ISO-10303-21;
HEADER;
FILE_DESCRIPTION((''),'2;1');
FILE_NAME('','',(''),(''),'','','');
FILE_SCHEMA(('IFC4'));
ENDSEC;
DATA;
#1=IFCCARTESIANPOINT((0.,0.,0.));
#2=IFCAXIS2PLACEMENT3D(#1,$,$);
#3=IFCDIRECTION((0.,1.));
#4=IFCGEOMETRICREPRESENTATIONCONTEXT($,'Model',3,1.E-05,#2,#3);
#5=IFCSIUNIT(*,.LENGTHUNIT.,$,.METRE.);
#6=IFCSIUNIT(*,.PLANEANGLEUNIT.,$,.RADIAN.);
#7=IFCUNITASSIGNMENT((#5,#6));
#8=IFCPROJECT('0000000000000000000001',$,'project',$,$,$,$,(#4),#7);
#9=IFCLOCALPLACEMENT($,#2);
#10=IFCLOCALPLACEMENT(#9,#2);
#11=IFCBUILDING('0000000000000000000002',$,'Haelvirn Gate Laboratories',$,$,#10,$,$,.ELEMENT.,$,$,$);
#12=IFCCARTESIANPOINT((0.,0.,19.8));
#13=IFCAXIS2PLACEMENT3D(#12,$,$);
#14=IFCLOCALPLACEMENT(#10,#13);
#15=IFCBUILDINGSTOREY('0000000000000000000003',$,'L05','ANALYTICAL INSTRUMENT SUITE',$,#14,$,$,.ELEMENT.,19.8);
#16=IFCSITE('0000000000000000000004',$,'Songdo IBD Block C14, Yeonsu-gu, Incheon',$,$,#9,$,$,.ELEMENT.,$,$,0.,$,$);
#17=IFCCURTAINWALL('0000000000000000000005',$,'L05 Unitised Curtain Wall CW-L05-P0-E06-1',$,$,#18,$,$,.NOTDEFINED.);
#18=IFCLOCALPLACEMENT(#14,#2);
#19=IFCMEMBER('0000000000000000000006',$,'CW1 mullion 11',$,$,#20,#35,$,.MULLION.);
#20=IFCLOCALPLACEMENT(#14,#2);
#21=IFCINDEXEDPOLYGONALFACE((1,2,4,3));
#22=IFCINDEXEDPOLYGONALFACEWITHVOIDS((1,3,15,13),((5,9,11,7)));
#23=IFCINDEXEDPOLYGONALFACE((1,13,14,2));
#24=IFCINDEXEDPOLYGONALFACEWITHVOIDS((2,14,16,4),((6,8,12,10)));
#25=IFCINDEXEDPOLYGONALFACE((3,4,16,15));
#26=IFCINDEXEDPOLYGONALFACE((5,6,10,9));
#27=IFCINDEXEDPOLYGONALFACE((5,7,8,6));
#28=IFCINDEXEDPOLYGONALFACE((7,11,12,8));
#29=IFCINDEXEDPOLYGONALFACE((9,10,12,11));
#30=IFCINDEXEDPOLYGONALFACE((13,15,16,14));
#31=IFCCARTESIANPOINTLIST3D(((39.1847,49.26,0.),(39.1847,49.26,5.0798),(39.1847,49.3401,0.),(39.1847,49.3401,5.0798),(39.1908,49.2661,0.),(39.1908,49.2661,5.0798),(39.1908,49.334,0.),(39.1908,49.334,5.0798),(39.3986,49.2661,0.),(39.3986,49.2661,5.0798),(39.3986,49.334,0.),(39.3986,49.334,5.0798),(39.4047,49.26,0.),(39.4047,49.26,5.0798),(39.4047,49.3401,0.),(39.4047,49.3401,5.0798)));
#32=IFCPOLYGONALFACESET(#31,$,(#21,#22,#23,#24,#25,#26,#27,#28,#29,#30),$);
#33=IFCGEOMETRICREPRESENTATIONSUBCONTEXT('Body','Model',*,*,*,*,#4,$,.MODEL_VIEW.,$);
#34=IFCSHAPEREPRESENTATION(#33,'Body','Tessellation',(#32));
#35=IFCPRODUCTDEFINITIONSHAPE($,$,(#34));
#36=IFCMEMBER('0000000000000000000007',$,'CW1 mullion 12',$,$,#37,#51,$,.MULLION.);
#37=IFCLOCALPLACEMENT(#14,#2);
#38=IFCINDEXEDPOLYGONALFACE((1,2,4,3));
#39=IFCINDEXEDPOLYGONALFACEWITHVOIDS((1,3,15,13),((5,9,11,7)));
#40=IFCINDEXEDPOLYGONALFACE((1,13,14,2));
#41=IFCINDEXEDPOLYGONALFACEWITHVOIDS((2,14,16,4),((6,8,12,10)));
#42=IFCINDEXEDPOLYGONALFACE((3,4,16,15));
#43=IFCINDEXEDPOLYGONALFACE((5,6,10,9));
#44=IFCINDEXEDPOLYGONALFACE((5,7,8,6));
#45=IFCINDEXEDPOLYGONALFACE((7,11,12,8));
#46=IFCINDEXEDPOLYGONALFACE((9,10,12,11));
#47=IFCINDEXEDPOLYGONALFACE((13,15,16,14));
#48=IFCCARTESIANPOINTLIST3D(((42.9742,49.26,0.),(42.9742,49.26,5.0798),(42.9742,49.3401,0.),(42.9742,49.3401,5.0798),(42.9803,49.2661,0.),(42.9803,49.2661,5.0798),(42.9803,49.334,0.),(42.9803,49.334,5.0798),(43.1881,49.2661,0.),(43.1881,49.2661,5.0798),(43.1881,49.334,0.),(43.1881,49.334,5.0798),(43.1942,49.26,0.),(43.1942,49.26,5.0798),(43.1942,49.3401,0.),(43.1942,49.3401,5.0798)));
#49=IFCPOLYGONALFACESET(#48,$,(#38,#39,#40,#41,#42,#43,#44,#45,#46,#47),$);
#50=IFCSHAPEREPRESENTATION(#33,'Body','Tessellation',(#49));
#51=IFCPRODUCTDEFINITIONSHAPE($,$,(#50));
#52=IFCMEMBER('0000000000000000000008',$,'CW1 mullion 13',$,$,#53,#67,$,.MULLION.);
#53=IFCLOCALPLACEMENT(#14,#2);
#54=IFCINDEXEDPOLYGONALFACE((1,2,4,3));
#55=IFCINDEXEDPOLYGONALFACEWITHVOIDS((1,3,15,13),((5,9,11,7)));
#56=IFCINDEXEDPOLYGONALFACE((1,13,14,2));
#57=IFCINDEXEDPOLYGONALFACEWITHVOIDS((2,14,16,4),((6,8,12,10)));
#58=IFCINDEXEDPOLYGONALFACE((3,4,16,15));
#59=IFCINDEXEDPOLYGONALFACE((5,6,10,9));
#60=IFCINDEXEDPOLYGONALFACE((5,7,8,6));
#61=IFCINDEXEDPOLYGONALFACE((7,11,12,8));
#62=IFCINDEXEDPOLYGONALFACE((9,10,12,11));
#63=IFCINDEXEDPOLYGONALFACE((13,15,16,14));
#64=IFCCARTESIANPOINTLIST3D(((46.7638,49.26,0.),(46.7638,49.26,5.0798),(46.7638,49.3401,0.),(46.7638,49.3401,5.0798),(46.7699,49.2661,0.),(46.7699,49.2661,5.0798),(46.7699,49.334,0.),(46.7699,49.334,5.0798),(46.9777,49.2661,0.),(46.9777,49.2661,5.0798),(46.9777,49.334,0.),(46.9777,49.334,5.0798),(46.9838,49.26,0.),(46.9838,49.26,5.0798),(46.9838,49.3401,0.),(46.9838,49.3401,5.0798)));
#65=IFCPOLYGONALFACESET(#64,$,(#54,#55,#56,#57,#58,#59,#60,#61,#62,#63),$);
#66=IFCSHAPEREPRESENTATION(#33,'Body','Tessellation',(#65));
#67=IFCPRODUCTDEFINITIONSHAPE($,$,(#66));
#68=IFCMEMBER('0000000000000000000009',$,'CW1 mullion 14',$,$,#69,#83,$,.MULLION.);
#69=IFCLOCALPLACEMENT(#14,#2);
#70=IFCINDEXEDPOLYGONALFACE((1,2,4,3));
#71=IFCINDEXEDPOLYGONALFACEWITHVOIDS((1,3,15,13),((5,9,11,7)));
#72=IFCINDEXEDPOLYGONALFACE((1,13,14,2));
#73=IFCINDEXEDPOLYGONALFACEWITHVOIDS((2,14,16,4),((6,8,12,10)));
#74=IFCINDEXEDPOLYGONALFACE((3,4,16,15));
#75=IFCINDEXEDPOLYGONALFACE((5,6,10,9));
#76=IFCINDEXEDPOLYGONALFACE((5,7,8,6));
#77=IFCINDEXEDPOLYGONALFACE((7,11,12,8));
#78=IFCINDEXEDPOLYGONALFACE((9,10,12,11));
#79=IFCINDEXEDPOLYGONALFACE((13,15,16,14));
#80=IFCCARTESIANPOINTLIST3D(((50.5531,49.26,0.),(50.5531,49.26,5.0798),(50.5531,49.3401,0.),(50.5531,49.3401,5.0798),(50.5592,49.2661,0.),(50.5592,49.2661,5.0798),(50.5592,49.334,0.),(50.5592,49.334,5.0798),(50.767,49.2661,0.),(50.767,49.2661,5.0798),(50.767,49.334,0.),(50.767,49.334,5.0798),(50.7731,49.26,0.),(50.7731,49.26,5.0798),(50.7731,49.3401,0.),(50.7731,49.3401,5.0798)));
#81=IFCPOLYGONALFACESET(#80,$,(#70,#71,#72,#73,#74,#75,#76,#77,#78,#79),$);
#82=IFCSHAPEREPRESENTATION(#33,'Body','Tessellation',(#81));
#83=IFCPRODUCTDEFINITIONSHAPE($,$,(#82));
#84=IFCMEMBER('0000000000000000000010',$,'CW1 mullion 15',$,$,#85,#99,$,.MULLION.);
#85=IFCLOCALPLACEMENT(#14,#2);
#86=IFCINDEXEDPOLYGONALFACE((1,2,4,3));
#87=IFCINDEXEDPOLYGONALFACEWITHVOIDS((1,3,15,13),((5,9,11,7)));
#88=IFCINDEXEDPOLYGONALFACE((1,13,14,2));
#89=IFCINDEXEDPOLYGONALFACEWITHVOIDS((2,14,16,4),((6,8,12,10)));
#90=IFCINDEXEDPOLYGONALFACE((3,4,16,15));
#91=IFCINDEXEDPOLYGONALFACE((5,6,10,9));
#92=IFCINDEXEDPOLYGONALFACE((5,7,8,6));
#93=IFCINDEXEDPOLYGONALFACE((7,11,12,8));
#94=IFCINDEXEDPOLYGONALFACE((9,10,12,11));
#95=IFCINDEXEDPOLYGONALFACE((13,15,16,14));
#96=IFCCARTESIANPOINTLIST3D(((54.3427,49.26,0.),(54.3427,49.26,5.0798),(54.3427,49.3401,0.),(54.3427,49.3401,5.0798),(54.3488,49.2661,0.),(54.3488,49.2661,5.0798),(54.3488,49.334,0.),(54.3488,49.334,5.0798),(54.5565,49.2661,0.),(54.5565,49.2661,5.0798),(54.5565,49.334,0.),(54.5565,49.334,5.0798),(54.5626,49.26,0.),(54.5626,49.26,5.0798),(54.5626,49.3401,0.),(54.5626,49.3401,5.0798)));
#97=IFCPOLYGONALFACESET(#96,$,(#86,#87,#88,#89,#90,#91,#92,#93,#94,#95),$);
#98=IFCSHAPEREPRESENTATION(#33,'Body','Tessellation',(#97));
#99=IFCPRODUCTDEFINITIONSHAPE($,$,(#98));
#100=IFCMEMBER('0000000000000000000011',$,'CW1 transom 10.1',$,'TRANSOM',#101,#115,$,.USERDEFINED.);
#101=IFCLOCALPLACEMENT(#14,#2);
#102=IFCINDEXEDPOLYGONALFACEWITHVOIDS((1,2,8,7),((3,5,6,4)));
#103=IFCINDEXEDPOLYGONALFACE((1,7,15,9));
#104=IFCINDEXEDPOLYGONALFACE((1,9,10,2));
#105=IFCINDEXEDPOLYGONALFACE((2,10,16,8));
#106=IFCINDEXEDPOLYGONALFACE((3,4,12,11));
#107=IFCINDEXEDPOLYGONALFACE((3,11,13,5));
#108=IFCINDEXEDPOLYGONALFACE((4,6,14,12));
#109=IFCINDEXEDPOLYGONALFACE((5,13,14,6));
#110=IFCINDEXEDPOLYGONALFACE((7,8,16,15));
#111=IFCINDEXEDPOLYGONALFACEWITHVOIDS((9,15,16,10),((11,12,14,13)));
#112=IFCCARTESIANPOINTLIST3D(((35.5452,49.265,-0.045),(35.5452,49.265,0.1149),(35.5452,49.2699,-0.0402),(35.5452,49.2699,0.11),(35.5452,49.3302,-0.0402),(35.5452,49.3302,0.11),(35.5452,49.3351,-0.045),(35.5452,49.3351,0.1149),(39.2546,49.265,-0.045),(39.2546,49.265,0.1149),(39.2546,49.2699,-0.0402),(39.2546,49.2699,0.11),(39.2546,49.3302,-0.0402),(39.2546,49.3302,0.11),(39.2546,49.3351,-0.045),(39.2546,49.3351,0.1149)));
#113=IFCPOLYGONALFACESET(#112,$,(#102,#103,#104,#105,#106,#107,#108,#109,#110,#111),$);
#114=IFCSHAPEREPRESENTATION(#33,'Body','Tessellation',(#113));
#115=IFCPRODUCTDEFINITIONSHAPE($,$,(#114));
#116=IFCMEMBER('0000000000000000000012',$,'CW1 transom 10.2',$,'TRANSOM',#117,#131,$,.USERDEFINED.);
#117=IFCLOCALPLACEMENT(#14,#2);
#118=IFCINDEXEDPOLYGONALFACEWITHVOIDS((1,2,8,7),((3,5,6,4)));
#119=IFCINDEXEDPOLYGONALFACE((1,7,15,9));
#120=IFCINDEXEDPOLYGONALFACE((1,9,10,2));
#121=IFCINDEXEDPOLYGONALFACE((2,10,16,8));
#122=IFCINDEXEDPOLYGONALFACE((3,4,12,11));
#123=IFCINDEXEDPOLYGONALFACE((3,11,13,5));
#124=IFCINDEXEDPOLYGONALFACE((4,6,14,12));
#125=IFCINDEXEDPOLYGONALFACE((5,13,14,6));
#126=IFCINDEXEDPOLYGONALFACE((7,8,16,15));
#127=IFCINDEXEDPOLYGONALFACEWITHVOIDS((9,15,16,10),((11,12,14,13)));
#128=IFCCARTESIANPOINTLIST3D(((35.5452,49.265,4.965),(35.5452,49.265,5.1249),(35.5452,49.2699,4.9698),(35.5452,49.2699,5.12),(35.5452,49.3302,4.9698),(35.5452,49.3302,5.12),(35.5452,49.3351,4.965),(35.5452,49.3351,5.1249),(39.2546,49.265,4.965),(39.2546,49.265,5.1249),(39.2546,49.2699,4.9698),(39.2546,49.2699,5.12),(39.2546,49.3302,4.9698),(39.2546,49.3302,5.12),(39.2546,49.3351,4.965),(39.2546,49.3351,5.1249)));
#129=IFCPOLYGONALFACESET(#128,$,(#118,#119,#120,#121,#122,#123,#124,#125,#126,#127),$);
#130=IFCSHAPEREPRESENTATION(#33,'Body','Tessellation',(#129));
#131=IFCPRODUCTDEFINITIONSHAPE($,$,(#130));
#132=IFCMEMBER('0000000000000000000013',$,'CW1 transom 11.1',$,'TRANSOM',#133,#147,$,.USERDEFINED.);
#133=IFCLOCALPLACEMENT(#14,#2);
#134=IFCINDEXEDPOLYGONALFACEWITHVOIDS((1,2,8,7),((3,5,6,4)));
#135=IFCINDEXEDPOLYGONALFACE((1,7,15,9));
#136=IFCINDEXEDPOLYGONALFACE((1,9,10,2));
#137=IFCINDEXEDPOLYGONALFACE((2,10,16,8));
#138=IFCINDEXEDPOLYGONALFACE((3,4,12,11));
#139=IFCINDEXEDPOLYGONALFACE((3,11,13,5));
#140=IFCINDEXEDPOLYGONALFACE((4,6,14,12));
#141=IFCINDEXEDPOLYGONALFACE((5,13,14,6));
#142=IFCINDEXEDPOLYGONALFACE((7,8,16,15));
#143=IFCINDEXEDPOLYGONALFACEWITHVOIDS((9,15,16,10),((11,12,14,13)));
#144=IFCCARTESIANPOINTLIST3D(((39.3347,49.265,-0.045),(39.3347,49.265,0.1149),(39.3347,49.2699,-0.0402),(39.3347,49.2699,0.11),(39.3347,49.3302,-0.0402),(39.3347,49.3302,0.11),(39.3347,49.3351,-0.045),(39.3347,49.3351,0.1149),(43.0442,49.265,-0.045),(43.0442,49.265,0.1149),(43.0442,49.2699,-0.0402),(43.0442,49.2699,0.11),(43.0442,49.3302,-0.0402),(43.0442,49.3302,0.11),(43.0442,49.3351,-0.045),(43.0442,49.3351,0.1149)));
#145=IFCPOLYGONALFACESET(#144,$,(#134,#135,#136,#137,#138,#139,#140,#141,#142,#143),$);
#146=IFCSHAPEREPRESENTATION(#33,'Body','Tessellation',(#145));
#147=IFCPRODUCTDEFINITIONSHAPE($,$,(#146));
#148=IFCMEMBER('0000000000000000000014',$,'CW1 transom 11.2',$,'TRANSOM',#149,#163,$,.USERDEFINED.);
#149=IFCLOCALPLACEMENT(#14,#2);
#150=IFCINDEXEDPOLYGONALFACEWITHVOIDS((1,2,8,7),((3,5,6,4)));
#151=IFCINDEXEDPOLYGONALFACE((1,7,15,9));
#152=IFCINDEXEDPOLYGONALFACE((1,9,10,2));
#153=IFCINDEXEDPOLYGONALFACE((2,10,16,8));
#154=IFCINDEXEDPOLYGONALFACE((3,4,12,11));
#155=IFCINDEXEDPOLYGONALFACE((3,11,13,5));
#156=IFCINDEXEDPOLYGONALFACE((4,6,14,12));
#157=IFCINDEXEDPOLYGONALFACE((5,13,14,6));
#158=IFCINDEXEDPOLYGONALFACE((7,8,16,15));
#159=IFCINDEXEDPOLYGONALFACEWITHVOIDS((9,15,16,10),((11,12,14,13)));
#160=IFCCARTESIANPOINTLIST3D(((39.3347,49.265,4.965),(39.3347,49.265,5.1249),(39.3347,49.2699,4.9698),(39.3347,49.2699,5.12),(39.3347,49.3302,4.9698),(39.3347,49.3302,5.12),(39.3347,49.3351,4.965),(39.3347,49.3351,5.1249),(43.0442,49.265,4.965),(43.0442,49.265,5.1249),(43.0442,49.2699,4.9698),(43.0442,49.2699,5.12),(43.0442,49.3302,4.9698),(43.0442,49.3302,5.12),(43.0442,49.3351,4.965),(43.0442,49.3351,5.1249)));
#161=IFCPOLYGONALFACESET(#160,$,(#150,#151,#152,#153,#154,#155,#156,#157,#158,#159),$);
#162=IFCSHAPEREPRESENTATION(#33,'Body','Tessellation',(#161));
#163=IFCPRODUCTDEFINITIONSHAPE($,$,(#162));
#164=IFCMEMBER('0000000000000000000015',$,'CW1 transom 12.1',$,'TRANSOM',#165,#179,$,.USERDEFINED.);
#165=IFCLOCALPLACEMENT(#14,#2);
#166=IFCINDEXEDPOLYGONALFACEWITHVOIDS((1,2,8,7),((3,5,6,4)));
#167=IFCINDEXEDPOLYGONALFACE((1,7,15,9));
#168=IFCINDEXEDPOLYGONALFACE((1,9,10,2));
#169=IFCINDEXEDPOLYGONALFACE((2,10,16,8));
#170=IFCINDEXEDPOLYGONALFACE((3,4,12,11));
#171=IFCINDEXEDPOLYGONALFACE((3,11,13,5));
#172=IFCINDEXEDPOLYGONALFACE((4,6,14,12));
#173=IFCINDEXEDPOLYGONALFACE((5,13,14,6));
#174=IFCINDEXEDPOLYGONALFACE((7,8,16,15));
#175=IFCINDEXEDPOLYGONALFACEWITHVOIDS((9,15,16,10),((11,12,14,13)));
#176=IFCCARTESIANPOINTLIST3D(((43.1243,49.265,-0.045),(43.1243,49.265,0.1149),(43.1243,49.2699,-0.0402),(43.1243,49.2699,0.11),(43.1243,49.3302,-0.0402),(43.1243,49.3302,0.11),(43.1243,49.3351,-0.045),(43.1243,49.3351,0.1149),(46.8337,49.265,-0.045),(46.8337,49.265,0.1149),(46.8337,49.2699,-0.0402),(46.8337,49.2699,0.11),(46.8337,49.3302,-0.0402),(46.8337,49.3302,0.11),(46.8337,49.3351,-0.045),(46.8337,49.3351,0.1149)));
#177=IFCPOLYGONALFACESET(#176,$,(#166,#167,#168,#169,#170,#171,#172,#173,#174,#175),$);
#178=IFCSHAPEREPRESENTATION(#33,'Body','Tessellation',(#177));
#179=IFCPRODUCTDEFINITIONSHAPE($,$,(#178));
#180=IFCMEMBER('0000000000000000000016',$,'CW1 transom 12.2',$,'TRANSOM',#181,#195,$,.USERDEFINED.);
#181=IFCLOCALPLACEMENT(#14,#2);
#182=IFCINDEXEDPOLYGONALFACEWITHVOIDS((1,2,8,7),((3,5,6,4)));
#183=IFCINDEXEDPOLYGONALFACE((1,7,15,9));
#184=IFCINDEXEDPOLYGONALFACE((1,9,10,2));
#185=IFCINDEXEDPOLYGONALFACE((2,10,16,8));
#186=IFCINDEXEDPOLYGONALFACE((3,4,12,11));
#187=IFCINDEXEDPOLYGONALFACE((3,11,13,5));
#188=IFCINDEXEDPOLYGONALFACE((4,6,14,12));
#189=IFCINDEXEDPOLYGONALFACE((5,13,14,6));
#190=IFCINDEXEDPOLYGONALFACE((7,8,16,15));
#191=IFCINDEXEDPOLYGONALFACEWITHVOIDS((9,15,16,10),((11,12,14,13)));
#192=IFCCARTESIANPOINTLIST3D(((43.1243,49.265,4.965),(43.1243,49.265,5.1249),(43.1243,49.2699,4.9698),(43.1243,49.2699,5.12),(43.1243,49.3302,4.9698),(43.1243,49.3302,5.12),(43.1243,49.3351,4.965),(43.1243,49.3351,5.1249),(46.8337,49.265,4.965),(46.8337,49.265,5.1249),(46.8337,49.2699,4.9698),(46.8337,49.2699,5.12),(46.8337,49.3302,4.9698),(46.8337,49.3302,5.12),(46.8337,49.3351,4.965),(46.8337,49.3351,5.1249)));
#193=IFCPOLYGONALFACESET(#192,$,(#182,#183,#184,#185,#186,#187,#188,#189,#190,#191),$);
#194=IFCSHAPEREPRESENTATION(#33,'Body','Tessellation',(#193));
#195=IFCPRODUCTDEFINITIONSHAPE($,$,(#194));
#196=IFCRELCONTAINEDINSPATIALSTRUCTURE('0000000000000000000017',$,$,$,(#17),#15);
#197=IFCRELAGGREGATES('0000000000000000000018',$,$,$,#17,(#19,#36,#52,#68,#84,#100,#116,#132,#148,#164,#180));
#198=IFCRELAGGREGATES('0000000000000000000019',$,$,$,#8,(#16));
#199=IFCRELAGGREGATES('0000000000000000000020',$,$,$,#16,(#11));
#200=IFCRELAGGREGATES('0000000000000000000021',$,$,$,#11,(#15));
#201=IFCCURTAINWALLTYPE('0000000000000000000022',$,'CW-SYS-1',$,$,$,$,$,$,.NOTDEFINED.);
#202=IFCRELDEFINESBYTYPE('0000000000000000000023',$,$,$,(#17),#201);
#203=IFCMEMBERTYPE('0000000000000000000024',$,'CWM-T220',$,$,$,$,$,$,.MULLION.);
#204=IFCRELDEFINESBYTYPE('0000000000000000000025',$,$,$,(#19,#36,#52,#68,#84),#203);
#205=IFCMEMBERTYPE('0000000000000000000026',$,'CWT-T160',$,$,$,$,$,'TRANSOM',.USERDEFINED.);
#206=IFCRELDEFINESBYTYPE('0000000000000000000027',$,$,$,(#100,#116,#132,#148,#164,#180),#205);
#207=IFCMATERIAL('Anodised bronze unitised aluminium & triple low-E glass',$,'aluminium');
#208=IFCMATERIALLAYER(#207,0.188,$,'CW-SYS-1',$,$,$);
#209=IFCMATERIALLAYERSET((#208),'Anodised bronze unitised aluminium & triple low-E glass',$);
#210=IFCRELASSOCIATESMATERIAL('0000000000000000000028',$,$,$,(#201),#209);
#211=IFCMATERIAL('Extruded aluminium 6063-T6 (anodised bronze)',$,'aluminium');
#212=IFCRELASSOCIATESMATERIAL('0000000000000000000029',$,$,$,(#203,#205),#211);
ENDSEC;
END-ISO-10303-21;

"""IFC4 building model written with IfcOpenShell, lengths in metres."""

from ifc_helpers import new_model, si_unit, direction, frame, origin, origin_2d, place, context, subcontext, project, spatial, hollow_rectangle, extrude, source, transform, mapped, material, layer, layer_set, material_profile, profile_set, type_object, type_shapes, element, aggregate, save


model = new_model("IFC4")

# Units and contexts
model_context = context("Model", 3, precision=1e-05, world=origin(), true_north=direction((0.0, 1.0)))
body_context = subcontext(model_context, "Body", "Model", "MODEL_VIEW")
ifc_project = project(units=[si_unit("LENGTHUNIT", "METRE"), si_unit("PLANEANGLEUNIT", "RADIAN")], contexts=[model_context])

# Site, building, storey
site_placement = place(None, origin())
site = spatial("IfcSite", under=ifc_project, at=site_placement, Name="Songdo IBD Block C14, Yeonsu-gu, Incheon", CompositionType="ELEMENT", RefElevation=0.0)
building_placement = place(site_placement, origin())
building = spatial("IfcBuilding", under=site, at=building_placement, Name="Haelvirn Gate Laboratories", CompositionType="ELEMENT")
storey_placement = place(building_placement, frame((0.0, 0.0, 19.8)))
storey = spatial("IfcBuildingStorey", under=building, at=storey_placement, Name="L05", Description="ANALYTICAL INSTRUMENT SUITE", CompositionType="ELEMENT", Elevation=19.8)

# Curtain wall, members
ifc_material_1 = material(Name="Anodised bronze unitised aluminium & triple low-E glass", Category="aluminium")
ifc_layer_1 = layer(ifc_material_1, 0.188, Name="CW-SYS-1")
ifc_layer_set_1 = layer_set([ifc_layer_1], Name="Anodised bronze unitised aluminium & triple low-E glass")
curtain_wall_type = type_object("IfcCurtainWallType", Name="CW-SYS-1", PredefinedType="NOTDEFINED", material=ifc_layer_set_1)
curtain_wall_placement = place(storey_placement, origin())
curtain_wall = element("IfcCurtainWall", 1, at=curtain_wall_placement, inside=storey, type_object=curtain_wall_type, Name="L05 Unitised Curtain Wall CW-L05-P0-E06-1", PredefinedType="NOTDEFINED")
ifc_material_2 = material(Name="Extruded aluminium 6063-T6 (anodised bronze)", Category="aluminium")
ifc_material_profile_1 = material_profile(ifc_material_2, hollow_rectangle(XDim=0.0801, YDim=0.22, WallThickness=0.0061, at=origin_2d()), Name="CWM-220x80x6")
ifc_profile_set_1 = profile_set([ifc_material_profile_1], Name="Extruded aluminium 6063-T6 (anodised bronze)")
member_type_1 = type_object("IfcMemberType", Name="CWM-T220", PredefinedType="MULLION", material=ifc_profile_set_1)
shared_shape_1 = source(origin(), body_context, "Body", "SweptSolid", [
    extrude(hollow_rectangle(XDim=0.0801, YDim=0.22, WallThickness=0.0061, at=origin_2d()), origin(), (0.0, 0.0, 1.0), 5.0798),
])
type_shapes(member_type_1, [shared_shape_1])
member_1_placement = place(storey_placement, frame((39.2947, 49.3, 0.0), z_axis=(0.0, 0.0, 1.0), x_axis=(0.0, 1.0, 0.0)))
member_1 = element("IfcMember", 2, at=member_1_placement, type_object=member_type_1, Name="CW1 mullion 11", PredefinedType="MULLION", context=body_context, shape_type="MappedRepresentation", body=[
    mapped(shared_shape_1, transform((0.0, 0.0, 0.0), scale=1.0)),
])
member_2_placement = place(storey_placement, frame((43.0842, 49.3, 0.0), z_axis=(0.0, 0.0, 1.0), x_axis=(0.0, 1.0, 0.0)))
member_2 = element("IfcMember", 3, at=member_2_placement, type_object=member_type_1, Name="CW1 mullion 12", PredefinedType="MULLION", context=body_context, shape_type="MappedRepresentation", body=[
    mapped(shared_shape_1, transform((0.0, 0.0, 0.0), scale=1.0)),
])
member_3_placement = place(storey_placement, frame((46.8738, 49.3, 0.0), z_axis=(0.0, 0.0, 1.0), x_axis=(0.0, 1.0, 0.0)))
member_3 = element("IfcMember", 4, at=member_3_placement, type_object=member_type_1, Name="CW1 mullion 13", PredefinedType="MULLION", context=body_context, shape_type="MappedRepresentation", body=[
    mapped(shared_shape_1, transform((0.0, 0.0, 0.0), scale=1.0)),
])
member_4_placement = place(storey_placement, frame((50.6631, 49.3, 0.0), z_axis=(0.0, 0.0, 1.0), x_axis=(0.0, 1.0, 0.0)))
member_4 = element("IfcMember", 5, at=member_4_placement, type_object=member_type_1, Name="CW1 mullion 14", PredefinedType="MULLION", context=body_context, shape_type="MappedRepresentation", body=[
    mapped(shared_shape_1, transform((0.0, 0.0, 0.0), scale=1.0)),
])
member_5_placement = place(storey_placement, frame((54.4526, 49.3, 0.0), z_axis=(0.0, 0.0, 1.0), x_axis=(0.0, 1.0, 0.0)))
member_5 = element("IfcMember", 6, at=member_5_placement, type_object=member_type_1, Name="CW1 mullion 15", PredefinedType="MULLION", context=body_context, shape_type="MappedRepresentation", body=[
    mapped(shared_shape_1, transform((0.0, 0.0, 0.0), scale=1.0)),
])
ifc_material_profile_2 = material_profile(ifc_material_2, hollow_rectangle(XDim=0.0701, YDim=0.1599, WallThickness=0.0049, at=origin_2d()), Name="CWT-160x70x5")
ifc_profile_set_2 = profile_set([ifc_material_profile_2], Name="Extruded aluminium 6063-T6 (anodised bronze)")
member_type_2 = type_object("IfcMemberType", Name="CWT-T160", ElementType="TRANSOM", PredefinedType="USERDEFINED", material=ifc_profile_set_2)
shared_shape_2 = source(origin(), body_context, "Body", "SweptSolid", [
    extrude(hollow_rectangle(XDim=0.0701, YDim=0.1599, WallThickness=0.0049, at=origin_2d()), origin(), (0.0, 0.0, 1.0), 3.7095),
])
type_shapes(member_type_2, [shared_shape_2])
member_6_placement = place(storey_placement, frame((35.5452, 49.3, 0.0349), z_axis=(1.0, 0.0, 0.0), x_axis=(0.0, 1.0, 0.0)))
member_6 = element("IfcMember", 7, at=member_6_placement, type_object=member_type_2, Name="CW1 transom 10.1", ObjectType="TRANSOM", PredefinedType="USERDEFINED", context=body_context, shape_type="MappedRepresentation", body=[
    mapped(shared_shape_2, transform((0.0, 0.0, 0.0), scale=1.0)),
])
member_7_placement = place(storey_placement, frame((35.5452, 49.3, 5.0449), z_axis=(1.0, 0.0, 0.0), x_axis=(0.0, 1.0, 0.0)))
member_7 = element("IfcMember", 8, at=member_7_placement, type_object=member_type_2, Name="CW1 transom 10.2", ObjectType="TRANSOM", PredefinedType="USERDEFINED", context=body_context, shape_type="MappedRepresentation", body=[
    mapped(shared_shape_2, transform((0.0, 0.0, 0.0), scale=1.0)),
])
member_8_placement = place(storey_placement, frame((39.3347, 49.3, 0.0349), z_axis=(1.0, 0.0, 0.0), x_axis=(0.0, 1.0, 0.0)))
member_8 = element("IfcMember", 9, at=member_8_placement, type_object=member_type_2, Name="CW1 transom 11.1", ObjectType="TRANSOM", PredefinedType="USERDEFINED", context=body_context, shape_type="MappedRepresentation", body=[
    mapped(shared_shape_2, transform((0.0, 0.0, 0.0), scale=1.0)),
])
member_9_placement = place(storey_placement, frame((39.3347, 49.3, 5.0449), z_axis=(1.0, 0.0, 0.0), x_axis=(0.0, 1.0, 0.0)))
member_9 = element("IfcMember", 10, at=member_9_placement, type_object=member_type_2, Name="CW1 transom 11.2", ObjectType="TRANSOM", PredefinedType="USERDEFINED", context=body_context, shape_type="MappedRepresentation", body=[
    mapped(shared_shape_2, transform((0.0, 0.0, 0.0), scale=1.0)),
])
member_10_placement = place(storey_placement, frame((43.1243, 49.3, 0.0349), z_axis=(1.0, 0.0, 0.0), x_axis=(0.0, 1.0, 0.0)))
member_10 = element("IfcMember", 11, at=member_10_placement, type_object=member_type_2, Name="CW1 transom 12.1", ObjectType="TRANSOM", PredefinedType="USERDEFINED", context=body_context, shape_type="MappedRepresentation", body=[
    mapped(shared_shape_2, transform((0.0, 0.0, 0.0), scale=1.0)),
])
member_11_placement = place(storey_placement, frame((43.1243, 49.3, 5.0449), z_axis=(1.0, 0.0, 0.0), x_axis=(0.0, 1.0, 0.0)))
member_11 = element("IfcMember", 12, at=member_11_placement, type_object=member_type_2, Name="CW1 transom 12.2", ObjectType="TRANSOM", PredefinedType="USERDEFINED", context=body_context, shape_type="MappedRepresentation", body=[
    mapped(shared_shape_2, transform((0.0, 0.0, 0.0), scale=1.0)),
])

aggregate(curtain_wall, [member_1, member_2, member_3, member_4, member_5, member_6, member_7, member_8, member_9, member_10, member_11])

save(model, "model.ifc")
